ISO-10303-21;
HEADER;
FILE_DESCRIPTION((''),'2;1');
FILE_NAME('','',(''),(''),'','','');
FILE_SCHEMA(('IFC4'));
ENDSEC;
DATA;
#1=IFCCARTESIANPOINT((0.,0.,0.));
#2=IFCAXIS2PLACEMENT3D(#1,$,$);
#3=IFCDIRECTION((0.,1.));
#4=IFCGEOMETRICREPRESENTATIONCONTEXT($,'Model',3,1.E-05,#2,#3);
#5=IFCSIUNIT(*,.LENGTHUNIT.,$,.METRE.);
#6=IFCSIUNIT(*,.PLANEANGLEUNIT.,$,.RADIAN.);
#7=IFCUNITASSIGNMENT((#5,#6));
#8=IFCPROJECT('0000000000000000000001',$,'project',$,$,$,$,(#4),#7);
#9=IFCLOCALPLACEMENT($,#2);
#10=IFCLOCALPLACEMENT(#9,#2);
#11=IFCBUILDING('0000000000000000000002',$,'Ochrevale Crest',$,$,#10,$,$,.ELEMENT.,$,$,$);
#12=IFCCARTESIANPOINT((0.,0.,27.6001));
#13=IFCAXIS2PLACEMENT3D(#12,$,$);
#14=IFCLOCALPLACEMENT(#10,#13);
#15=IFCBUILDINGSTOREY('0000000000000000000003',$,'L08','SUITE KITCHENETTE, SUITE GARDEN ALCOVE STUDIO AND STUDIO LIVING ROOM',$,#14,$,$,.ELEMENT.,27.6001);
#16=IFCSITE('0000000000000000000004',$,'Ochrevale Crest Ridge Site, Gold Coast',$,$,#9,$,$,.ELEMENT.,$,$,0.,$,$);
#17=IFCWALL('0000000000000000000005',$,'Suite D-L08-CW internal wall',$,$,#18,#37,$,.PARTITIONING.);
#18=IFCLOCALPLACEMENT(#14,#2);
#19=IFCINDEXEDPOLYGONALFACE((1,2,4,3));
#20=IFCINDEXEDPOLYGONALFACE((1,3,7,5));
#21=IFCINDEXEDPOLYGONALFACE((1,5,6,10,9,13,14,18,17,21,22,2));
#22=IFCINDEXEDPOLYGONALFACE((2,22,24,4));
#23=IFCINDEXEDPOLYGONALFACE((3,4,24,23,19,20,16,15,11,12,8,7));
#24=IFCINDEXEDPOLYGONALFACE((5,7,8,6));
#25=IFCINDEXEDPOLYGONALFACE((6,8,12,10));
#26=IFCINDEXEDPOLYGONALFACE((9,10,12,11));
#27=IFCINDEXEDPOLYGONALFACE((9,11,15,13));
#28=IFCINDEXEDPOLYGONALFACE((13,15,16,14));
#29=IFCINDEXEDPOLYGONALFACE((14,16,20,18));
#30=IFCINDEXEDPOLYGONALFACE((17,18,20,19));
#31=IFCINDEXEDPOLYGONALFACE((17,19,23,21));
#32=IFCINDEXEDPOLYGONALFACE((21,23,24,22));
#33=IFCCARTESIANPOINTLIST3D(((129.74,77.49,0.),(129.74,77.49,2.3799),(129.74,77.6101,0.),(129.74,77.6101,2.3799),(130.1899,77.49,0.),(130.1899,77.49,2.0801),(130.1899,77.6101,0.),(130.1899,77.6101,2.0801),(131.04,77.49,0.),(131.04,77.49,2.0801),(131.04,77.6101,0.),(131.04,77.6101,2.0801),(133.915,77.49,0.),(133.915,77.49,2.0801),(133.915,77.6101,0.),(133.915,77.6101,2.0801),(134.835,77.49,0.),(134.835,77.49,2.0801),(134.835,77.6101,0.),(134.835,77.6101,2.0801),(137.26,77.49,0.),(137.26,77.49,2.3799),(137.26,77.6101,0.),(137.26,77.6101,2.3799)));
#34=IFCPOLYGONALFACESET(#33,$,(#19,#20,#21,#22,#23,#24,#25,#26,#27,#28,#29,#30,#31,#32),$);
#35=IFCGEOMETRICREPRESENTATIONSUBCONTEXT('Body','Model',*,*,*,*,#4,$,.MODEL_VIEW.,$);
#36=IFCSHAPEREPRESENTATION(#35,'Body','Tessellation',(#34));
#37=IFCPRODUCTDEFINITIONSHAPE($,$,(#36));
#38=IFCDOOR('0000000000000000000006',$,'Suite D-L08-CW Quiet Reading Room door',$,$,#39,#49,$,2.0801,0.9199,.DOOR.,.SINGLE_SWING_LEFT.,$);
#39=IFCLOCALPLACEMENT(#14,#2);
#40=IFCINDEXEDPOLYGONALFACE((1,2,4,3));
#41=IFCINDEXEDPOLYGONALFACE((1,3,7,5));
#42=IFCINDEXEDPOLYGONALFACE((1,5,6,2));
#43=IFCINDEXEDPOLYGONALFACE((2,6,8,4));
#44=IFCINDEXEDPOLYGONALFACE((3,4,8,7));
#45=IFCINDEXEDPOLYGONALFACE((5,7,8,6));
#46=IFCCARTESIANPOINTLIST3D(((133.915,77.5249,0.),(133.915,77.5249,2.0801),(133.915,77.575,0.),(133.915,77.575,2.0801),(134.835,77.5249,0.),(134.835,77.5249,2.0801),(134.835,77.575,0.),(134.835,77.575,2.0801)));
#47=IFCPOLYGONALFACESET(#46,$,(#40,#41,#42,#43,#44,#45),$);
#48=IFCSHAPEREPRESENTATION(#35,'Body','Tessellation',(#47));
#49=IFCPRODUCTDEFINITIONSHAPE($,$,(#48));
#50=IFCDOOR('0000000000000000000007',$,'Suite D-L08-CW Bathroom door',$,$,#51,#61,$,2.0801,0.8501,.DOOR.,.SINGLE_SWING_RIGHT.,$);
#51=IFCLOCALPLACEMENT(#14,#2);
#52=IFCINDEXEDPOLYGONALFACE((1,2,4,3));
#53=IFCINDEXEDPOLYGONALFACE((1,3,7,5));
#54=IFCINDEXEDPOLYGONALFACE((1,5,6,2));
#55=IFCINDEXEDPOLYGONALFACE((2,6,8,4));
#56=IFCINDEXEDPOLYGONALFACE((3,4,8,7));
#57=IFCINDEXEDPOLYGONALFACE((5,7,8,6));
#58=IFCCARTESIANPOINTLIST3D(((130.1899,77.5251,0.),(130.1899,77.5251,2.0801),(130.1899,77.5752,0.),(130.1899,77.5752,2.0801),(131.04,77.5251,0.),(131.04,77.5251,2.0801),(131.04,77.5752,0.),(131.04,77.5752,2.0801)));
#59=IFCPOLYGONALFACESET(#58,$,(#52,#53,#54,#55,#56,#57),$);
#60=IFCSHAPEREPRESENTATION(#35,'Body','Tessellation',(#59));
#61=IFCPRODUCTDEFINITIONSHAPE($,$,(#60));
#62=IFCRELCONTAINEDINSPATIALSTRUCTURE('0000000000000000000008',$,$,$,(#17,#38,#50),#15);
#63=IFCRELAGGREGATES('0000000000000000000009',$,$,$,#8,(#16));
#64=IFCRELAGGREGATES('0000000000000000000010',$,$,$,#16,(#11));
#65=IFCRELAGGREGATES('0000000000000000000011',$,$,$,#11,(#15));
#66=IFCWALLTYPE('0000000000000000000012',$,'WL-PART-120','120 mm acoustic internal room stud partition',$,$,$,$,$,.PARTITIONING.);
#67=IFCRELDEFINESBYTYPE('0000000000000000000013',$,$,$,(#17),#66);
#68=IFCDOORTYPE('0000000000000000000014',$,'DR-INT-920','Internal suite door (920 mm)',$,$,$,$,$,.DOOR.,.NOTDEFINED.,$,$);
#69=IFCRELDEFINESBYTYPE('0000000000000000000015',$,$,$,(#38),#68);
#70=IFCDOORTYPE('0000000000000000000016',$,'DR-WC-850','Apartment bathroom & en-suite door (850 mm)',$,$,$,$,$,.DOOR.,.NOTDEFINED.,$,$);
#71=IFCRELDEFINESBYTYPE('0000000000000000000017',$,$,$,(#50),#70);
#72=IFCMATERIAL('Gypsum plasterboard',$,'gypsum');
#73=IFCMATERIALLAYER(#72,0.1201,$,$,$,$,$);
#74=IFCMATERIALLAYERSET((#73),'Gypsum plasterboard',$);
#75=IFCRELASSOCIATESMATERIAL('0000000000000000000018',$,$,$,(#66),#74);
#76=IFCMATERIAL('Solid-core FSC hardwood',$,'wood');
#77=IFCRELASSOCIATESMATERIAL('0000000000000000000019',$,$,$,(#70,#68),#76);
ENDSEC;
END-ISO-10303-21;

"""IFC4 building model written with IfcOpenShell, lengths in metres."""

from ifc_helpers import new_model, si_unit, direction, frame, frame_2d, origin, place, context, subcontext, project, spatial, rectangle, extrude, material, layer, layer_set, type_object, element, fill, save


model = new_model("IFC4")

# Units and contexts
model_context = context("Model", 3, precision=1e-05, world=origin(), true_north=direction((0.0, 1.0)))
body_context = subcontext(model_context, "Body", "Model", "MODEL_VIEW")
ifc_project = project(units=[si_unit("LENGTHUNIT", "METRE"), si_unit("PLANEANGLEUNIT", "RADIAN")], contexts=[model_context])

# Site, building, storey
site_placement = place(None, origin())
site = spatial("IfcSite", under=ifc_project, at=site_placement, Name="Ochrevale Crest Ridge Site, Gold Coast", CompositionType="ELEMENT", RefElevation=0.0)
building_placement = place(site_placement, origin())
building = spatial("IfcBuilding", under=site, at=building_placement, Name="Ochrevale Crest", CompositionType="ELEMENT")
storey_placement = place(building_placement, frame((0.0, 0.0, 27.6001)))
storey = spatial("IfcBuildingStorey", under=building, at=storey_placement, Name="L08", Description="SUITE KITCHENETTE, SUITE GARDEN ALCOVE STUDIO AND STUDIO LIVING ROOM", CompositionType="ELEMENT", Elevation=27.6001)

# Shared definitions
ifc_material_1 = material(Name="Gypsum plasterboard", Category="gypsum")
ifc_material_2 = material(Name="Solid-core FSC hardwood", Category="wood")

# Wall, openings, doors
ifc_layer_1 = layer(ifc_material_1, 0.1201)
ifc_layer_set_1 = layer_set([ifc_layer_1], Name="Gypsum plasterboard")
wall_type_1 = type_object("IfcWallType", Name="WL-PART-120", Description="120 mm acoustic internal room stud partition", PredefinedType="PARTITIONING", material=ifc_layer_set_1)
door_type_1 = type_object("IfcDoorType", Name="DR-WC-850", Description="Apartment bathroom & en-suite door (850 mm)", OperationType="NOTDEFINED", PredefinedType="DOOR", material=ifc_material_2)
wall_1_placement = place(storey_placement, frame((129.74, 77.55, 0.0), z_axis=(0.0, 0.0, 1.0), x_axis=(1.0, 0.0, 0.0)))
wall_1 = element("IfcWall", 1, at=wall_1_placement, inside=storey, type_object=wall_type_1, Name="Suite D-L08-CW internal wall", PredefinedType="PARTITIONING", context=body_context, shape_type="SweptSolid", body=[
    extrude(rectangle(XDim=7.52, YDim=0.1201, at=frame_2d((3.76, 0.0))), origin(), (0.0, 0.0, 1.0), 2.3799),
])
opening_1_placement = place(wall_1_placement, frame((1.3, 0.0, 0.0), z_axis=(0.0, 0.0, 1.0), x_axis=(-1.0, 0.0, 0.0)))
opening_1 = element("IfcOpeningElement", 2, at=opening_1_placement, cuts=wall_1, PredefinedType="OPENING", context=body_context, shape_type="SweptSolid", body=[
    extrude(rectangle(XDim=0.8501, YDim=2.0801, at=frame_2d((0.425, 1.04))), frame((0.0, 0.0701, 0.0), z_axis=(0.0, -1.0, 0.0), x_axis=(1.0, 0.0, 0.0)), (0.0, 0.0, 1.0), 0.1401),
])
opening_2_placement = place(wall_1_placement, frame((4.175, 0.0, 0.0)))
opening_2 = element("IfcOpeningElement", 3, at=opening_2_placement, cuts=wall_1, PredefinedType="OPENING", context=body_context, shape_type="SweptSolid", body=[
    extrude(rectangle(XDim=0.9199, YDim=2.0801, at=frame_2d((0.46, 1.04))), frame((0.0, 0.0701, 0.0), z_axis=(0.0, -1.0, 0.0), x_axis=(1.0, 0.0, 0.0)), (0.0, 0.0, 1.0), 0.1401),
])
door_type_2 = type_object("IfcDoorType", Name="DR-INT-920", Description="Internal suite door (920 mm)", OperationType="NOTDEFINED", PredefinedType="DOOR", material=ifc_material_2)
door_1_placement = place(opening_2_placement, origin())
door_1 = element("IfcDoor", 4, at=door_1_placement, inside=storey, type_object=door_type_2, Name="Suite D-L08-CW Quiet Reading Room door", OperationType="SINGLE_SWING_LEFT", OverallHeight=2.0801, OverallWidth=0.9199, PredefinedType="DOOR", context=body_context, shape_type="SweptSolid", body=[
    extrude(rectangle(XDim=0.9199, YDim=2.0801, at=frame_2d((0.46, 1.04))), frame((0.0, 0.0249, 0.0), z_axis=(0.0, -1.0, 0.0), x_axis=(1.0, 0.0, 0.0)), (0.0, 0.0, 1.0), 0.05),
])
fill(opening_2, door_1)
door_2_placement = place(opening_1_placement, origin())
door_2 = element("IfcDoor", 5, at=door_2_placement, inside=storey, type_object=door_type_1, Name="Suite D-L08-CW Bathroom door", OperationType="SINGLE_SWING_RIGHT", OverallHeight=2.0801, OverallWidth=0.8501, PredefinedType="DOOR", context=body_context, shape_type="SweptSolid", body=[
    extrude(rectangle(XDim=0.8501, YDim=2.0801, at=frame_2d((0.425, 1.04))), frame((0.0, 0.0249, 0.0), z_axis=(0.0, -1.0, 0.0), x_axis=(1.0, 0.0, 0.0)), (0.0, 0.0, 1.0), 0.05),
])
fill(opening_1, door_2)

save(model, "model.ifc")
